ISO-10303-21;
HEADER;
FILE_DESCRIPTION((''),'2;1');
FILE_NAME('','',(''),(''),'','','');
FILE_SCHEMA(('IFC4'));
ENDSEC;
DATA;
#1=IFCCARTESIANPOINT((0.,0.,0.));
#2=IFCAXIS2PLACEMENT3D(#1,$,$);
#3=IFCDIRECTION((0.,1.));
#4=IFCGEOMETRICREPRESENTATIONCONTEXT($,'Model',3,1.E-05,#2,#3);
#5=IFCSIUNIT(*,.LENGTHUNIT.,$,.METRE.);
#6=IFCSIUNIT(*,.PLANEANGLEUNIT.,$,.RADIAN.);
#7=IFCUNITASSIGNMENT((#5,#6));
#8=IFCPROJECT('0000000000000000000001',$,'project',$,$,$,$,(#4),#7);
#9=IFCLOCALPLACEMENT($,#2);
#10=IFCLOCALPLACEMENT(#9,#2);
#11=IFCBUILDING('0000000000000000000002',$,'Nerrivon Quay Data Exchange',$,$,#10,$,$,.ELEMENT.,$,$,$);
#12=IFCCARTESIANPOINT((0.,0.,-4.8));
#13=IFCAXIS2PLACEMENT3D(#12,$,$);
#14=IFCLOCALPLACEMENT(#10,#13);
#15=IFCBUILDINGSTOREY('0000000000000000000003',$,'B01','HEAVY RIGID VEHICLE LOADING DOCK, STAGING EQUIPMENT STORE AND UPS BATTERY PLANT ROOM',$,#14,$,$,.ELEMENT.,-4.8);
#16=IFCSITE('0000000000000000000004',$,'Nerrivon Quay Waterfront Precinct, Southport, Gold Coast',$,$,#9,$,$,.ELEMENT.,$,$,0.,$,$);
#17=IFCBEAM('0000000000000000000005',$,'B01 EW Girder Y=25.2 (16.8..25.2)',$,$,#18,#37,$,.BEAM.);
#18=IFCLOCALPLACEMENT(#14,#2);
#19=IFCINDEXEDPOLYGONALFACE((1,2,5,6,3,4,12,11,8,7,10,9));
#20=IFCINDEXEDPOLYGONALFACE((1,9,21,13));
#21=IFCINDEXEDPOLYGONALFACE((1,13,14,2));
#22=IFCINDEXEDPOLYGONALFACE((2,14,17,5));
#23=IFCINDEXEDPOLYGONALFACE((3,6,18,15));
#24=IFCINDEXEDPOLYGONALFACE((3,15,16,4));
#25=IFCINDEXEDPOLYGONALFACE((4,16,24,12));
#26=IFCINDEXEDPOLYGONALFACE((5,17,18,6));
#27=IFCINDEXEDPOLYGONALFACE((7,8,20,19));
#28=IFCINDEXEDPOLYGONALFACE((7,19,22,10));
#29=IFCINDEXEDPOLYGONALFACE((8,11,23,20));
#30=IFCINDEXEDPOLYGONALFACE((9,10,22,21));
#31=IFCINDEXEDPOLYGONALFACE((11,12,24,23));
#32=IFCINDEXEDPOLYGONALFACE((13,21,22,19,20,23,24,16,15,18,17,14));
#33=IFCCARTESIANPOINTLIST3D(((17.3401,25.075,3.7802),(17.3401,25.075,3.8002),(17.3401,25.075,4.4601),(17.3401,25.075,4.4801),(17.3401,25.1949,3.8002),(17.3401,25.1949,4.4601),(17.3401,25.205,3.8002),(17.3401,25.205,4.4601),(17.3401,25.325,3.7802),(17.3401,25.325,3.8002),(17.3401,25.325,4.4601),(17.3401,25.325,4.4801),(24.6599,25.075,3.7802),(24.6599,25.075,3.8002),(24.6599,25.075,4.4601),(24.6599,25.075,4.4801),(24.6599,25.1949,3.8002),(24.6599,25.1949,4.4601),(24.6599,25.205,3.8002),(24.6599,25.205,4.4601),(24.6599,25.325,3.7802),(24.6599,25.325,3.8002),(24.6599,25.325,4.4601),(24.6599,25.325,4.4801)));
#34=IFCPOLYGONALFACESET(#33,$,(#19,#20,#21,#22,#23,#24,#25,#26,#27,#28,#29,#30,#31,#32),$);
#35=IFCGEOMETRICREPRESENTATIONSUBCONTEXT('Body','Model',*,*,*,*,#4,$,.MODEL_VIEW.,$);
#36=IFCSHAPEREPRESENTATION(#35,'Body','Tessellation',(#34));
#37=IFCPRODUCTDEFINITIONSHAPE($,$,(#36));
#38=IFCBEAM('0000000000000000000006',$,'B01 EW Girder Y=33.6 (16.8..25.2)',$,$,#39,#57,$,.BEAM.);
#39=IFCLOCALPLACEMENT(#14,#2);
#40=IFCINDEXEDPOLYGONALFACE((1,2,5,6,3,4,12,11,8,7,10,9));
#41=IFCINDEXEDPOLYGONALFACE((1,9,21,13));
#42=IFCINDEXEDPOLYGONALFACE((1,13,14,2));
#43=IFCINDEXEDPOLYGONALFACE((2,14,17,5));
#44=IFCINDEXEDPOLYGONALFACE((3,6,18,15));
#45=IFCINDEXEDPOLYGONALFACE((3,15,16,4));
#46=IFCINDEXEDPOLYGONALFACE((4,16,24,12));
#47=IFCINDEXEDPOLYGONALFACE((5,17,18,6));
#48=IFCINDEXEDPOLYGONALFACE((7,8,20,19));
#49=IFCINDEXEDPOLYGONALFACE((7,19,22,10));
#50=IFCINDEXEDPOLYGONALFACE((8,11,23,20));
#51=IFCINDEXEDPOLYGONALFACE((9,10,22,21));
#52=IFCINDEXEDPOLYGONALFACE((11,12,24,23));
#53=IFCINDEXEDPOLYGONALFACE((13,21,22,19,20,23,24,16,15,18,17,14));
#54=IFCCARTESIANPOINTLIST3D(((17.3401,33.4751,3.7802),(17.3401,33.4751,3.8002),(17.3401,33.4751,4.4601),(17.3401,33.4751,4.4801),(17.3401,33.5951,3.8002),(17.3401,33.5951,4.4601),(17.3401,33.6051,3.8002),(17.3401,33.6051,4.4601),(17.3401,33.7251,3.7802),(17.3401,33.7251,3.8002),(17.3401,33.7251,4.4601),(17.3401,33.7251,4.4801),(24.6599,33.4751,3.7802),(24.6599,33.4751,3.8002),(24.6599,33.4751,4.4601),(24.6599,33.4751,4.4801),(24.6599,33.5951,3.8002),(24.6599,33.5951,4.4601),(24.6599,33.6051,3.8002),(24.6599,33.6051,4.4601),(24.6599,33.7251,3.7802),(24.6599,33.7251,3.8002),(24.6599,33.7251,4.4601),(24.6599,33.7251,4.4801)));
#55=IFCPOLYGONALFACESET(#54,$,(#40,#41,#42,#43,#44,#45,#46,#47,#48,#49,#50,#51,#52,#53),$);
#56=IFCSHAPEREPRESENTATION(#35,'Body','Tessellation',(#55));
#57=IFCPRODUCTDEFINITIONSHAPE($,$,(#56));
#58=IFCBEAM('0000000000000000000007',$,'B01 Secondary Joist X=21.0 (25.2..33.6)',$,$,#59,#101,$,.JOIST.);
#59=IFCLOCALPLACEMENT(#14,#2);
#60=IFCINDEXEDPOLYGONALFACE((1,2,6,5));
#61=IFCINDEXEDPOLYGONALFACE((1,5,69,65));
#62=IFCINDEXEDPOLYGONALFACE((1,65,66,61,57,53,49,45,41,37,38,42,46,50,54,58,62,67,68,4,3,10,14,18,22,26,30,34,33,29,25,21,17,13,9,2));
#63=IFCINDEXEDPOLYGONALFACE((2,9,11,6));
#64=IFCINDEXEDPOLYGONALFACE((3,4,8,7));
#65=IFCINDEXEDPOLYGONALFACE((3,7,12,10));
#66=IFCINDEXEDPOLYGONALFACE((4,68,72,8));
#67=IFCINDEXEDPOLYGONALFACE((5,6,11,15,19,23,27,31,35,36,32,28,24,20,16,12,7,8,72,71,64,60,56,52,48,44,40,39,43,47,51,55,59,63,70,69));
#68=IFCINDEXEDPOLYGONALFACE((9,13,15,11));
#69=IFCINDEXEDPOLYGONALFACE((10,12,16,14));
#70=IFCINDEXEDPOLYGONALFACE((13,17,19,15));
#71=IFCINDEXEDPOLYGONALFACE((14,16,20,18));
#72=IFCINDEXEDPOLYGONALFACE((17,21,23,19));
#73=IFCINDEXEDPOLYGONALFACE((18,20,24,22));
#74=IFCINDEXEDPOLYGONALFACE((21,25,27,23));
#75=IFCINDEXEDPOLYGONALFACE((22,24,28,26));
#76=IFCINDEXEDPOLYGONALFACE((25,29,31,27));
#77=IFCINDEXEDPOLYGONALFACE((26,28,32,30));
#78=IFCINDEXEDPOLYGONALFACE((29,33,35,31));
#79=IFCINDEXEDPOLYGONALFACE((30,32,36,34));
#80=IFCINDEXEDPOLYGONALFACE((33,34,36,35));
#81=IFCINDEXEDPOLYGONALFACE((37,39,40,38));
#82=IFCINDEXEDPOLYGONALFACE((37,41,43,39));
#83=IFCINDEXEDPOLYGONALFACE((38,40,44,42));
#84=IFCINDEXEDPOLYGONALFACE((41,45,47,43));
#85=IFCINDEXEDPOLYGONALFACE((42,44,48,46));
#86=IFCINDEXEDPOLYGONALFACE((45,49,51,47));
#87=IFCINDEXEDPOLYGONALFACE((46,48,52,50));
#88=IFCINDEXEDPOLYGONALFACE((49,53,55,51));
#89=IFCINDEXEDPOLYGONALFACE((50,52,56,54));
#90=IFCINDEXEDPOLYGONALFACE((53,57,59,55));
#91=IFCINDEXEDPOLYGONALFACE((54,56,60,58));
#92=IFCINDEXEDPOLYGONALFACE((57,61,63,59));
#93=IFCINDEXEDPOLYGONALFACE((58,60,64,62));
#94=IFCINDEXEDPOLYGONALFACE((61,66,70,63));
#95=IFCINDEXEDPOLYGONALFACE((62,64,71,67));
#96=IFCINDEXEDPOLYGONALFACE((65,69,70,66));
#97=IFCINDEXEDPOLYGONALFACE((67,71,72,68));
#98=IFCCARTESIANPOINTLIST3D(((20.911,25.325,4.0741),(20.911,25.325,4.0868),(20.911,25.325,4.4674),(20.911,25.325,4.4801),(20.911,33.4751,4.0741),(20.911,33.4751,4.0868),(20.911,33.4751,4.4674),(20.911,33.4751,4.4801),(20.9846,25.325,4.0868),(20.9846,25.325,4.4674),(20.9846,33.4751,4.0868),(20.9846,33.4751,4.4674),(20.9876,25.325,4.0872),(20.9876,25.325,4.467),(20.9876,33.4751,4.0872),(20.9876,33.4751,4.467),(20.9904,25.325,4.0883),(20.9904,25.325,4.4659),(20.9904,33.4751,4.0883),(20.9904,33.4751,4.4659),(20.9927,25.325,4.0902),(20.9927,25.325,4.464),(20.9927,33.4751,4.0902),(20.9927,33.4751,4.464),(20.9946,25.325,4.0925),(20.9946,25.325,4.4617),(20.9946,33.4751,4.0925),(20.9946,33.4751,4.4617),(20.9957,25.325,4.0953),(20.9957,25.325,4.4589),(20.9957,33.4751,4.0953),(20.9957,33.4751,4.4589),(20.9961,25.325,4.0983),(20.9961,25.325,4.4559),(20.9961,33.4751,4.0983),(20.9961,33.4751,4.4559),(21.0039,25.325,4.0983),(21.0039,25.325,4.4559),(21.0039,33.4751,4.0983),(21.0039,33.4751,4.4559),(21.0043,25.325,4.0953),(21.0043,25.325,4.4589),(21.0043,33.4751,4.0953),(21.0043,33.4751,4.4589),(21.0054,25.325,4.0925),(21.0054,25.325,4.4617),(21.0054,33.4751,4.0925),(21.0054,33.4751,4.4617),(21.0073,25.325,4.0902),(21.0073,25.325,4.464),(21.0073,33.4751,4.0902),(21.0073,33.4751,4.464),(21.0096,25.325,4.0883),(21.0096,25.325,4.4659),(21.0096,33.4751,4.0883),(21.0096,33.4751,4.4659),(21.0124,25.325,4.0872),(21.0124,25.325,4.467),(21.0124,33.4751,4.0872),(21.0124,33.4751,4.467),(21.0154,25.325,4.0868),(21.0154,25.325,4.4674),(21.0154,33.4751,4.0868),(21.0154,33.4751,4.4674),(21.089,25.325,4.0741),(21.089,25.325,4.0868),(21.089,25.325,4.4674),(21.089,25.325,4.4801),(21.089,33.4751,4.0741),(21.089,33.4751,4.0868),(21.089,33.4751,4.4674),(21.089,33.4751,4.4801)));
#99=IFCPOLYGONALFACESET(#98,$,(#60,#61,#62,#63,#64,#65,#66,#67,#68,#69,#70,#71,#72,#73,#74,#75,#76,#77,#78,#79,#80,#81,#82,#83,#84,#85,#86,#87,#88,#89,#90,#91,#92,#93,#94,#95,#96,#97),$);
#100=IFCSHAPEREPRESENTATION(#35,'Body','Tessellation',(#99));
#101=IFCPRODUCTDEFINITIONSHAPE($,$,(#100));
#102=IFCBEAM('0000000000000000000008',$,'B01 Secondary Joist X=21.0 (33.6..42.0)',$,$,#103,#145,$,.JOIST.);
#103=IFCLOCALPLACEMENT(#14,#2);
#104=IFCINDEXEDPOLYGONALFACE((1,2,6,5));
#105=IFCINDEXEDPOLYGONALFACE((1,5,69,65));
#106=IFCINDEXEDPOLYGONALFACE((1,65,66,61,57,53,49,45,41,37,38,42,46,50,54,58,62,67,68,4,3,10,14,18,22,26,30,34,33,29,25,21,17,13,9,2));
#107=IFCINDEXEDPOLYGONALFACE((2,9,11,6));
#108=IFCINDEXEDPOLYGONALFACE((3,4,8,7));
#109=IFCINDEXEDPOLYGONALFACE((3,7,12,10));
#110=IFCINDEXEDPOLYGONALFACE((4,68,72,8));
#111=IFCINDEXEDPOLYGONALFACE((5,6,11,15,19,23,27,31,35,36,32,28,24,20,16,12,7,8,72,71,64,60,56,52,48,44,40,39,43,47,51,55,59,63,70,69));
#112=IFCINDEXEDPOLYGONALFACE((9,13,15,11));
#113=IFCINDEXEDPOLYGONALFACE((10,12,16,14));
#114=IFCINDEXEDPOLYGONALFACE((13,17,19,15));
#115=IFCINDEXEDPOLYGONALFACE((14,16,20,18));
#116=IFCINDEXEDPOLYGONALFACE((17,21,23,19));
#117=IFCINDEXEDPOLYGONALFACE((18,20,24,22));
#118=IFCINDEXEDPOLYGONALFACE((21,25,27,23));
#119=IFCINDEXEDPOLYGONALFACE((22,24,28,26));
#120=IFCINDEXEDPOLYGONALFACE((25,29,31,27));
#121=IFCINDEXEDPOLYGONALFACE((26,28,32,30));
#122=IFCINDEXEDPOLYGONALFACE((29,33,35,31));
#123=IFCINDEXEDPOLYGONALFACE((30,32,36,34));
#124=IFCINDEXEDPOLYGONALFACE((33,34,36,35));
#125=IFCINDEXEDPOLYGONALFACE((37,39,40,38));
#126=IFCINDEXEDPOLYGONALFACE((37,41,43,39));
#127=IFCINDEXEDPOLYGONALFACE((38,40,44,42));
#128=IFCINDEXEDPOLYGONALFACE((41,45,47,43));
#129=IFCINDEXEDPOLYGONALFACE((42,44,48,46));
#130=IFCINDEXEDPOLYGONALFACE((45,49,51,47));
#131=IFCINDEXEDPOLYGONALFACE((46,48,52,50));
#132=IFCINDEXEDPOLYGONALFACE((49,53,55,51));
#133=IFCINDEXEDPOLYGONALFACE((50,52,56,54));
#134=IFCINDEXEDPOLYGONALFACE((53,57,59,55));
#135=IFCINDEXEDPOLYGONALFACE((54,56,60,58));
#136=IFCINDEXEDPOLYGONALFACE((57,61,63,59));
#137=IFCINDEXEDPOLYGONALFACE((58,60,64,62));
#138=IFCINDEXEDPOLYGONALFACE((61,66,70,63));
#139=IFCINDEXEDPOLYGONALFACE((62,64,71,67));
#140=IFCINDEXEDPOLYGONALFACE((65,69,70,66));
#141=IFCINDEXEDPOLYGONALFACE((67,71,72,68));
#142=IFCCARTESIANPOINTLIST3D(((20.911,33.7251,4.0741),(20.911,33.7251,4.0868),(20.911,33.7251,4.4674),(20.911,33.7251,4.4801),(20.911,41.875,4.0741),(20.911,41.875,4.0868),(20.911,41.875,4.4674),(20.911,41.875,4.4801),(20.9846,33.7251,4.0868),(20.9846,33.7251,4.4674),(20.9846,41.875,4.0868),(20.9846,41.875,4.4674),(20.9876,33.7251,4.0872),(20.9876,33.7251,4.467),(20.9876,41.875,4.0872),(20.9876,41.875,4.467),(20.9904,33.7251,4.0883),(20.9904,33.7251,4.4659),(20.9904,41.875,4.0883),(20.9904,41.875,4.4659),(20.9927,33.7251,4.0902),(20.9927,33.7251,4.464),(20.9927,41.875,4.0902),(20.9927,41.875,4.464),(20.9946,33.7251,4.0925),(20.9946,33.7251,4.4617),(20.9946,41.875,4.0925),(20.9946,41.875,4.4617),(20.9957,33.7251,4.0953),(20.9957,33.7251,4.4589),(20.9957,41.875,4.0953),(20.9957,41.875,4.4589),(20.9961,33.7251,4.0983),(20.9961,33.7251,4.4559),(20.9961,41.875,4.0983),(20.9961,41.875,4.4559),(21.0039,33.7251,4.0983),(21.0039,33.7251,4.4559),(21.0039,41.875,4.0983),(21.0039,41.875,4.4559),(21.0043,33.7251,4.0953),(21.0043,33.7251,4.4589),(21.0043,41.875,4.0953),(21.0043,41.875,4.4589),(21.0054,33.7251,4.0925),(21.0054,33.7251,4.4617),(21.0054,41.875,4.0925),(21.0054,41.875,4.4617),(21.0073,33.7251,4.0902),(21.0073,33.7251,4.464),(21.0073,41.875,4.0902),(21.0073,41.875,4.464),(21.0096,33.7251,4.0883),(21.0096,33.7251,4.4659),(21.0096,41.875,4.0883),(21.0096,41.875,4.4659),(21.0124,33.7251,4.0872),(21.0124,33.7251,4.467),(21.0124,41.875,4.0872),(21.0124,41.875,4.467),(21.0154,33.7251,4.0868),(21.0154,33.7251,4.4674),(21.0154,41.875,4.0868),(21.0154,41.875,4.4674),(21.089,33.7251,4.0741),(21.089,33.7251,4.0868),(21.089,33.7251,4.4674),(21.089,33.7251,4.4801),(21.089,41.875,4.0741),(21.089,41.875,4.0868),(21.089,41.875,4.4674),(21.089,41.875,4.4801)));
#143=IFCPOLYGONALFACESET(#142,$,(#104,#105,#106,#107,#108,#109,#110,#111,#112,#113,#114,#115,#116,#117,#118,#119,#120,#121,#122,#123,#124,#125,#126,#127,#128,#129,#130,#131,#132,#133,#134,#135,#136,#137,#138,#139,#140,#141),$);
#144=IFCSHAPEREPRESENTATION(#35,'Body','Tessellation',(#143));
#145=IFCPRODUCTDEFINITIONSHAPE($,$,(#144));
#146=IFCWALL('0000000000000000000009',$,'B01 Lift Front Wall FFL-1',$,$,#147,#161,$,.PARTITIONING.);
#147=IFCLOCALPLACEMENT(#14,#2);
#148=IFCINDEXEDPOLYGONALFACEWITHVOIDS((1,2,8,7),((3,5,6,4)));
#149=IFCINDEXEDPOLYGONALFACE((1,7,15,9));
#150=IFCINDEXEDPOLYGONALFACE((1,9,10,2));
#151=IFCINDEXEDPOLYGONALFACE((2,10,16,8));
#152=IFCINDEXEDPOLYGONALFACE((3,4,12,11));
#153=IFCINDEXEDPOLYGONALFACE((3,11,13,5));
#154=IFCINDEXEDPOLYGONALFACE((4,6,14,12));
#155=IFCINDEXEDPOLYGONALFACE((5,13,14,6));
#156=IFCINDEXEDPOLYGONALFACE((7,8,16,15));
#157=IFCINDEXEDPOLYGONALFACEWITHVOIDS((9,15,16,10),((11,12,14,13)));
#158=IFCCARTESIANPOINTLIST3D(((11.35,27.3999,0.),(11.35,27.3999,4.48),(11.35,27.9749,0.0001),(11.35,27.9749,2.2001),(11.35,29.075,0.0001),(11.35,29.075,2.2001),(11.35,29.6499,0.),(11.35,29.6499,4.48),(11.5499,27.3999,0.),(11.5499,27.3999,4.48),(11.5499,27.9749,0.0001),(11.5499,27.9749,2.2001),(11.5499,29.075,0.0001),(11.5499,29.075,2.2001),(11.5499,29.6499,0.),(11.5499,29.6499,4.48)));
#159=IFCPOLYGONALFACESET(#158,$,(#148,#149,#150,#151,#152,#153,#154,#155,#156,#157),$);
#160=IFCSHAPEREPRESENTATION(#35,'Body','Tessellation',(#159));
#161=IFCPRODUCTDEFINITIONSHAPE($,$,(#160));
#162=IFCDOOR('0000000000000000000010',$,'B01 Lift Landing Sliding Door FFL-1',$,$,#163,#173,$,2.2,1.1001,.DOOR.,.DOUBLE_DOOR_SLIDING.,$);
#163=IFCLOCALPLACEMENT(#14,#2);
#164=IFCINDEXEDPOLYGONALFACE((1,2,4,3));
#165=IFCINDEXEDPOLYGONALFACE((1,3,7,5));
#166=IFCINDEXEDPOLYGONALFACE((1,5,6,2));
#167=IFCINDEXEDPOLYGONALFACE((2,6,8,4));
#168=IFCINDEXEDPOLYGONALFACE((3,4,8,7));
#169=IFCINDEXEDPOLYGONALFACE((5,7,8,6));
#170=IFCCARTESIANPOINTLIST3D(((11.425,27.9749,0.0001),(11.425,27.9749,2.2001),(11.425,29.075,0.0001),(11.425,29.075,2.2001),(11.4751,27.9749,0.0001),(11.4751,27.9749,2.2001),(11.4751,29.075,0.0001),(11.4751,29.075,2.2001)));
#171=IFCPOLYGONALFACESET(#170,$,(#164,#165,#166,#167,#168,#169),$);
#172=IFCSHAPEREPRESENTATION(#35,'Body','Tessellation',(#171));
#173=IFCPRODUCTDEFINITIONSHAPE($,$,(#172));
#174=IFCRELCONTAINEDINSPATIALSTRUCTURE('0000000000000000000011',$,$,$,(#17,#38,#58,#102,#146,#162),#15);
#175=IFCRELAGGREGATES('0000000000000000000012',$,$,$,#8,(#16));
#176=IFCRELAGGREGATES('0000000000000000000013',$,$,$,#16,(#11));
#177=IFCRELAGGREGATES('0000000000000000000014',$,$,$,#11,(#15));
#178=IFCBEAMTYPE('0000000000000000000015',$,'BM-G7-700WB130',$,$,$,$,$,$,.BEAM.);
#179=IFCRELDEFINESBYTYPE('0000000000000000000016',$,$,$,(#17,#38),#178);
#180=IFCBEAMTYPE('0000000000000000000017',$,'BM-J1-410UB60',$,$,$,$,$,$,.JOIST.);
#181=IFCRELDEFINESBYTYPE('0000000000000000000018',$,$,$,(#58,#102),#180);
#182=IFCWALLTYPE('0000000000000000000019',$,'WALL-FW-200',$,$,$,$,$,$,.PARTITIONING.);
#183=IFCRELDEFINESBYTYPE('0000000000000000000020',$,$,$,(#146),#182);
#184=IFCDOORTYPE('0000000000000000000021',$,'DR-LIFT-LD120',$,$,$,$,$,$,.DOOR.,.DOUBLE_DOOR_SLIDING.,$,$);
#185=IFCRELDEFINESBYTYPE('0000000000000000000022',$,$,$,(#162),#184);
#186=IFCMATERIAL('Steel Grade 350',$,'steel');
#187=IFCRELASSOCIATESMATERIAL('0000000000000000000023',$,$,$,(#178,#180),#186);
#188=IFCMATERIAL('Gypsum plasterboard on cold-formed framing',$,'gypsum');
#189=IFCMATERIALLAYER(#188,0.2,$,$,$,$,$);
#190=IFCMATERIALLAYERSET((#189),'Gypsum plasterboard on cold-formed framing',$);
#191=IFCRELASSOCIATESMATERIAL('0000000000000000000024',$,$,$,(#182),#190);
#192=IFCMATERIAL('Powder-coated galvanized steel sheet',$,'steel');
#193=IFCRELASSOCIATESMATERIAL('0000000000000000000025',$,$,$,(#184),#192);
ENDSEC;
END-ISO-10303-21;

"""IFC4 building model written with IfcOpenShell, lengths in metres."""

from ifc_helpers import new_model, si_unit, direction, frame, frame_2d, origin, origin_2d, place, context, subcontext, project, spatial, rectangle, i_section, extrude, material, layer, layer_set, material_profile, profile_set, type_object, element, fill, save


model = new_model("IFC4")

# Units and contexts
model_context = context("Model", 3, precision=1e-05, world=origin(), true_north=direction((0.0, 1.0)))
body_context = subcontext(model_context, "Body", "Model", "MODEL_VIEW")
ifc_project = project(units=[si_unit("LENGTHUNIT", "METRE"), si_unit("PLANEANGLEUNIT", "RADIAN")], contexts=[model_context])

# Site, building, storey
site_placement = place(None, origin())
site = spatial("IfcSite", under=ifc_project, at=site_placement, Name="Nerrivon Quay Waterfront Precinct, Southport, Gold Coast", CompositionType="ELEMENT", RefElevation=0.0)
building_placement = place(site_placement, origin())
building = spatial("IfcBuilding", under=site, at=building_placement, Name="Nerrivon Quay Data Exchange", CompositionType="ELEMENT")
storey_placement = place(building_placement, frame((0.0, 0.0, -4.8)))
storey = spatial("IfcBuildingStorey", under=building, at=storey_placement, Name="B01", Description="HEAVY RIGID VEHICLE LOADING DOCK, STAGING EQUIPMENT STORE AND UPS BATTERY PLANT ROOM", CompositionType="ELEMENT", Elevation=-4.8)

# Beams
ifc_material_1 = material(Name="Steel Grade 350", Category="steel")
ifc_material_profile_1 = material_profile(ifc_material_1, i_section(OverallWidth=0.25, OverallDepth=0.7, WebThickness=0.01, FlangeThickness=0.02, at=origin_2d()), Name="700WB130")
ifc_profile_set_1 = profile_set([ifc_material_profile_1], Name="Steel Grade 350")
beam_type_1 = type_object("IfcBeamType", Name="BM-G7-700WB130", PredefinedType="BEAM", material=ifc_profile_set_1)
for number, where, z_axis, x_axis, name in (
    (1, (17.3401, 25.2, 4.1301), (1.0, 0.0, 0.0), (0.0, 1.0, 0.0), "B01 EW Girder Y=25.2 (16.8..25.2)"),
    (2, (17.3401, 33.6001, 4.1301), (1.0, 0.0, 0.0), (0.0, 1.0, 0.0), "B01 EW Girder Y=33.6 (16.8..25.2)"),
):
    element("IfcBeam", number, at=place(storey_placement, frame(where, z_axis=z_axis, x_axis=x_axis)), inside=storey, type_object=beam_type_1, Name=name, PredefinedType="BEAM", context=body_context, shape_type="SweptSolid", body=[
        extrude(i_section(OverallWidth=0.25, OverallDepth=0.7, WebThickness=0.01, FlangeThickness=0.02, at=origin_2d()), origin(), (0.0, 0.0, 1.0), 7.3198),
    ])
ifc_material_profile_2 = material_profile(ifc_material_1, i_section(OverallWidth=0.178, OverallDepth=0.406, WebThickness=0.0078, FlangeThickness=0.0127, FilletRadius=0.0115, at=origin_2d()), Name="410UB59.7")
ifc_profile_set_2 = profile_set([ifc_material_profile_2], Name="Steel Grade 350")
beam_type_2 = type_object("IfcBeamType", Name="BM-J1-410UB60", PredefinedType="JOIST", material=ifc_profile_set_2)
beam_1_placement = place(storey_placement, frame((21.0, 25.325, 4.2771), z_axis=(0.0, 1.0, 0.0), x_axis=(-1.0, 0.0, 0.0)))
element("IfcBeam", 3, at=beam_1_placement, inside=storey, type_object=beam_type_2, Name="B01 Secondary Joist X=21.0 (25.2..33.6)", PredefinedType="JOIST", context=body_context, shape_type="SweptSolid", body=[
    extrude(i_section(OverallWidth=0.178, OverallDepth=0.406, WebThickness=0.0078, FlangeThickness=0.0127, FilletRadius=0.0115, at=origin_2d()), origin(), (0.0, 0.0, 1.0), 8.1501),
])
beam_2_placement = place(storey_placement, frame((21.0, 33.7251, 4.2771), z_axis=(0.0, 1.0, 0.0), x_axis=(-1.0, 0.0, 0.0)))
element("IfcBeam", 4, at=beam_2_placement, inside=storey, type_object=beam_type_2, Name="B01 Secondary Joist X=21.0 (33.6..42.0)", PredefinedType="JOIST", context=body_context, shape_type="SweptSolid", body=[
    extrude(i_section(OverallWidth=0.178, OverallDepth=0.406, WebThickness=0.0078, FlangeThickness=0.0127, FilletRadius=0.0115, at=origin_2d()), origin(), (0.0, 0.0, 1.0), 8.1499),
])

# Wall, opening, door
ifc_material_2 = material(Name="Gypsum plasterboard on cold-formed framing", Category="gypsum")
ifc_layer_1 = layer(ifc_material_2, 0.2)
ifc_layer_set_1 = layer_set([ifc_layer_1], Name="Gypsum plasterboard on cold-formed framing")
wall_type_1 = type_object("IfcWallType", Name="WALL-FW-200", PredefinedType="PARTITIONING", material=ifc_layer_set_1)
wall_1_placement = place(storey_placement, frame((11.45, 27.3999, 0.0), z_axis=(0.0, 0.0, 1.0), x_axis=(0.0, 1.0, 0.0)))
wall_1 = element("IfcWall", 5, at=wall_1_placement, inside=storey, type_object=wall_type_1, Name="B01 Lift Front Wall FFL-1", PredefinedType="PARTITIONING", context=body_context, shape_type="SweptSolid", body=[
    extrude(rectangle(XDim=2.25, YDim=0.2, at=frame_2d((1.125, 0.0))), origin(), (0.0, 0.0, 1.0), 4.48),
])
opening_1_placement = place(wall_1_placement, frame((0.575, 0.0, 0.0)))
opening_1 = element("IfcOpeningElement", 6, at=opening_1_placement, cuts=wall_1, PredefinedType="OPENING", context=body_context, shape_type="SweptSolid", body=[
    extrude(rectangle(XDim=1.1001, YDim=2.2, at=frame_2d((0.55, 1.1001))), frame((0.0, 0.1099, 0.0), z_axis=(0.0, -1.0, 0.0), x_axis=(1.0, 0.0, 0.0)), (0.0, 0.0, 1.0), 0.22),
])
ifc_material_3 = material(Name="Powder-coated galvanized steel sheet", Category="steel")
door_type_1 = type_object("IfcDoorType", Name="DR-LIFT-LD120", OperationType="DOUBLE_DOOR_SLIDING", PredefinedType="DOOR", material=ifc_material_3)
door_1_placement = place(opening_1_placement, origin())
door_1 = element("IfcDoor", 7, at=door_1_placement, inside=storey, type_object=door_type_1, Name="B01 Lift Landing Sliding Door FFL-1", OperationType="DOUBLE_DOOR_SLIDING", OverallHeight=2.2, OverallWidth=1.1001, PredefinedType="DOOR", context=body_context, shape_type="SweptSolid", body=[
    extrude(rectangle(XDim=1.1001, YDim=2.2, at=frame_2d((0.55, 1.1001))), frame((0.0, 0.0249, 0.0), z_axis=(0.0, -1.0, 0.0), x_axis=(1.0, 0.0, 0.0)), (0.0, 0.0, 1.0), 0.05),
])
fill(opening_1, door_1)

save(model, "model.ifc")
